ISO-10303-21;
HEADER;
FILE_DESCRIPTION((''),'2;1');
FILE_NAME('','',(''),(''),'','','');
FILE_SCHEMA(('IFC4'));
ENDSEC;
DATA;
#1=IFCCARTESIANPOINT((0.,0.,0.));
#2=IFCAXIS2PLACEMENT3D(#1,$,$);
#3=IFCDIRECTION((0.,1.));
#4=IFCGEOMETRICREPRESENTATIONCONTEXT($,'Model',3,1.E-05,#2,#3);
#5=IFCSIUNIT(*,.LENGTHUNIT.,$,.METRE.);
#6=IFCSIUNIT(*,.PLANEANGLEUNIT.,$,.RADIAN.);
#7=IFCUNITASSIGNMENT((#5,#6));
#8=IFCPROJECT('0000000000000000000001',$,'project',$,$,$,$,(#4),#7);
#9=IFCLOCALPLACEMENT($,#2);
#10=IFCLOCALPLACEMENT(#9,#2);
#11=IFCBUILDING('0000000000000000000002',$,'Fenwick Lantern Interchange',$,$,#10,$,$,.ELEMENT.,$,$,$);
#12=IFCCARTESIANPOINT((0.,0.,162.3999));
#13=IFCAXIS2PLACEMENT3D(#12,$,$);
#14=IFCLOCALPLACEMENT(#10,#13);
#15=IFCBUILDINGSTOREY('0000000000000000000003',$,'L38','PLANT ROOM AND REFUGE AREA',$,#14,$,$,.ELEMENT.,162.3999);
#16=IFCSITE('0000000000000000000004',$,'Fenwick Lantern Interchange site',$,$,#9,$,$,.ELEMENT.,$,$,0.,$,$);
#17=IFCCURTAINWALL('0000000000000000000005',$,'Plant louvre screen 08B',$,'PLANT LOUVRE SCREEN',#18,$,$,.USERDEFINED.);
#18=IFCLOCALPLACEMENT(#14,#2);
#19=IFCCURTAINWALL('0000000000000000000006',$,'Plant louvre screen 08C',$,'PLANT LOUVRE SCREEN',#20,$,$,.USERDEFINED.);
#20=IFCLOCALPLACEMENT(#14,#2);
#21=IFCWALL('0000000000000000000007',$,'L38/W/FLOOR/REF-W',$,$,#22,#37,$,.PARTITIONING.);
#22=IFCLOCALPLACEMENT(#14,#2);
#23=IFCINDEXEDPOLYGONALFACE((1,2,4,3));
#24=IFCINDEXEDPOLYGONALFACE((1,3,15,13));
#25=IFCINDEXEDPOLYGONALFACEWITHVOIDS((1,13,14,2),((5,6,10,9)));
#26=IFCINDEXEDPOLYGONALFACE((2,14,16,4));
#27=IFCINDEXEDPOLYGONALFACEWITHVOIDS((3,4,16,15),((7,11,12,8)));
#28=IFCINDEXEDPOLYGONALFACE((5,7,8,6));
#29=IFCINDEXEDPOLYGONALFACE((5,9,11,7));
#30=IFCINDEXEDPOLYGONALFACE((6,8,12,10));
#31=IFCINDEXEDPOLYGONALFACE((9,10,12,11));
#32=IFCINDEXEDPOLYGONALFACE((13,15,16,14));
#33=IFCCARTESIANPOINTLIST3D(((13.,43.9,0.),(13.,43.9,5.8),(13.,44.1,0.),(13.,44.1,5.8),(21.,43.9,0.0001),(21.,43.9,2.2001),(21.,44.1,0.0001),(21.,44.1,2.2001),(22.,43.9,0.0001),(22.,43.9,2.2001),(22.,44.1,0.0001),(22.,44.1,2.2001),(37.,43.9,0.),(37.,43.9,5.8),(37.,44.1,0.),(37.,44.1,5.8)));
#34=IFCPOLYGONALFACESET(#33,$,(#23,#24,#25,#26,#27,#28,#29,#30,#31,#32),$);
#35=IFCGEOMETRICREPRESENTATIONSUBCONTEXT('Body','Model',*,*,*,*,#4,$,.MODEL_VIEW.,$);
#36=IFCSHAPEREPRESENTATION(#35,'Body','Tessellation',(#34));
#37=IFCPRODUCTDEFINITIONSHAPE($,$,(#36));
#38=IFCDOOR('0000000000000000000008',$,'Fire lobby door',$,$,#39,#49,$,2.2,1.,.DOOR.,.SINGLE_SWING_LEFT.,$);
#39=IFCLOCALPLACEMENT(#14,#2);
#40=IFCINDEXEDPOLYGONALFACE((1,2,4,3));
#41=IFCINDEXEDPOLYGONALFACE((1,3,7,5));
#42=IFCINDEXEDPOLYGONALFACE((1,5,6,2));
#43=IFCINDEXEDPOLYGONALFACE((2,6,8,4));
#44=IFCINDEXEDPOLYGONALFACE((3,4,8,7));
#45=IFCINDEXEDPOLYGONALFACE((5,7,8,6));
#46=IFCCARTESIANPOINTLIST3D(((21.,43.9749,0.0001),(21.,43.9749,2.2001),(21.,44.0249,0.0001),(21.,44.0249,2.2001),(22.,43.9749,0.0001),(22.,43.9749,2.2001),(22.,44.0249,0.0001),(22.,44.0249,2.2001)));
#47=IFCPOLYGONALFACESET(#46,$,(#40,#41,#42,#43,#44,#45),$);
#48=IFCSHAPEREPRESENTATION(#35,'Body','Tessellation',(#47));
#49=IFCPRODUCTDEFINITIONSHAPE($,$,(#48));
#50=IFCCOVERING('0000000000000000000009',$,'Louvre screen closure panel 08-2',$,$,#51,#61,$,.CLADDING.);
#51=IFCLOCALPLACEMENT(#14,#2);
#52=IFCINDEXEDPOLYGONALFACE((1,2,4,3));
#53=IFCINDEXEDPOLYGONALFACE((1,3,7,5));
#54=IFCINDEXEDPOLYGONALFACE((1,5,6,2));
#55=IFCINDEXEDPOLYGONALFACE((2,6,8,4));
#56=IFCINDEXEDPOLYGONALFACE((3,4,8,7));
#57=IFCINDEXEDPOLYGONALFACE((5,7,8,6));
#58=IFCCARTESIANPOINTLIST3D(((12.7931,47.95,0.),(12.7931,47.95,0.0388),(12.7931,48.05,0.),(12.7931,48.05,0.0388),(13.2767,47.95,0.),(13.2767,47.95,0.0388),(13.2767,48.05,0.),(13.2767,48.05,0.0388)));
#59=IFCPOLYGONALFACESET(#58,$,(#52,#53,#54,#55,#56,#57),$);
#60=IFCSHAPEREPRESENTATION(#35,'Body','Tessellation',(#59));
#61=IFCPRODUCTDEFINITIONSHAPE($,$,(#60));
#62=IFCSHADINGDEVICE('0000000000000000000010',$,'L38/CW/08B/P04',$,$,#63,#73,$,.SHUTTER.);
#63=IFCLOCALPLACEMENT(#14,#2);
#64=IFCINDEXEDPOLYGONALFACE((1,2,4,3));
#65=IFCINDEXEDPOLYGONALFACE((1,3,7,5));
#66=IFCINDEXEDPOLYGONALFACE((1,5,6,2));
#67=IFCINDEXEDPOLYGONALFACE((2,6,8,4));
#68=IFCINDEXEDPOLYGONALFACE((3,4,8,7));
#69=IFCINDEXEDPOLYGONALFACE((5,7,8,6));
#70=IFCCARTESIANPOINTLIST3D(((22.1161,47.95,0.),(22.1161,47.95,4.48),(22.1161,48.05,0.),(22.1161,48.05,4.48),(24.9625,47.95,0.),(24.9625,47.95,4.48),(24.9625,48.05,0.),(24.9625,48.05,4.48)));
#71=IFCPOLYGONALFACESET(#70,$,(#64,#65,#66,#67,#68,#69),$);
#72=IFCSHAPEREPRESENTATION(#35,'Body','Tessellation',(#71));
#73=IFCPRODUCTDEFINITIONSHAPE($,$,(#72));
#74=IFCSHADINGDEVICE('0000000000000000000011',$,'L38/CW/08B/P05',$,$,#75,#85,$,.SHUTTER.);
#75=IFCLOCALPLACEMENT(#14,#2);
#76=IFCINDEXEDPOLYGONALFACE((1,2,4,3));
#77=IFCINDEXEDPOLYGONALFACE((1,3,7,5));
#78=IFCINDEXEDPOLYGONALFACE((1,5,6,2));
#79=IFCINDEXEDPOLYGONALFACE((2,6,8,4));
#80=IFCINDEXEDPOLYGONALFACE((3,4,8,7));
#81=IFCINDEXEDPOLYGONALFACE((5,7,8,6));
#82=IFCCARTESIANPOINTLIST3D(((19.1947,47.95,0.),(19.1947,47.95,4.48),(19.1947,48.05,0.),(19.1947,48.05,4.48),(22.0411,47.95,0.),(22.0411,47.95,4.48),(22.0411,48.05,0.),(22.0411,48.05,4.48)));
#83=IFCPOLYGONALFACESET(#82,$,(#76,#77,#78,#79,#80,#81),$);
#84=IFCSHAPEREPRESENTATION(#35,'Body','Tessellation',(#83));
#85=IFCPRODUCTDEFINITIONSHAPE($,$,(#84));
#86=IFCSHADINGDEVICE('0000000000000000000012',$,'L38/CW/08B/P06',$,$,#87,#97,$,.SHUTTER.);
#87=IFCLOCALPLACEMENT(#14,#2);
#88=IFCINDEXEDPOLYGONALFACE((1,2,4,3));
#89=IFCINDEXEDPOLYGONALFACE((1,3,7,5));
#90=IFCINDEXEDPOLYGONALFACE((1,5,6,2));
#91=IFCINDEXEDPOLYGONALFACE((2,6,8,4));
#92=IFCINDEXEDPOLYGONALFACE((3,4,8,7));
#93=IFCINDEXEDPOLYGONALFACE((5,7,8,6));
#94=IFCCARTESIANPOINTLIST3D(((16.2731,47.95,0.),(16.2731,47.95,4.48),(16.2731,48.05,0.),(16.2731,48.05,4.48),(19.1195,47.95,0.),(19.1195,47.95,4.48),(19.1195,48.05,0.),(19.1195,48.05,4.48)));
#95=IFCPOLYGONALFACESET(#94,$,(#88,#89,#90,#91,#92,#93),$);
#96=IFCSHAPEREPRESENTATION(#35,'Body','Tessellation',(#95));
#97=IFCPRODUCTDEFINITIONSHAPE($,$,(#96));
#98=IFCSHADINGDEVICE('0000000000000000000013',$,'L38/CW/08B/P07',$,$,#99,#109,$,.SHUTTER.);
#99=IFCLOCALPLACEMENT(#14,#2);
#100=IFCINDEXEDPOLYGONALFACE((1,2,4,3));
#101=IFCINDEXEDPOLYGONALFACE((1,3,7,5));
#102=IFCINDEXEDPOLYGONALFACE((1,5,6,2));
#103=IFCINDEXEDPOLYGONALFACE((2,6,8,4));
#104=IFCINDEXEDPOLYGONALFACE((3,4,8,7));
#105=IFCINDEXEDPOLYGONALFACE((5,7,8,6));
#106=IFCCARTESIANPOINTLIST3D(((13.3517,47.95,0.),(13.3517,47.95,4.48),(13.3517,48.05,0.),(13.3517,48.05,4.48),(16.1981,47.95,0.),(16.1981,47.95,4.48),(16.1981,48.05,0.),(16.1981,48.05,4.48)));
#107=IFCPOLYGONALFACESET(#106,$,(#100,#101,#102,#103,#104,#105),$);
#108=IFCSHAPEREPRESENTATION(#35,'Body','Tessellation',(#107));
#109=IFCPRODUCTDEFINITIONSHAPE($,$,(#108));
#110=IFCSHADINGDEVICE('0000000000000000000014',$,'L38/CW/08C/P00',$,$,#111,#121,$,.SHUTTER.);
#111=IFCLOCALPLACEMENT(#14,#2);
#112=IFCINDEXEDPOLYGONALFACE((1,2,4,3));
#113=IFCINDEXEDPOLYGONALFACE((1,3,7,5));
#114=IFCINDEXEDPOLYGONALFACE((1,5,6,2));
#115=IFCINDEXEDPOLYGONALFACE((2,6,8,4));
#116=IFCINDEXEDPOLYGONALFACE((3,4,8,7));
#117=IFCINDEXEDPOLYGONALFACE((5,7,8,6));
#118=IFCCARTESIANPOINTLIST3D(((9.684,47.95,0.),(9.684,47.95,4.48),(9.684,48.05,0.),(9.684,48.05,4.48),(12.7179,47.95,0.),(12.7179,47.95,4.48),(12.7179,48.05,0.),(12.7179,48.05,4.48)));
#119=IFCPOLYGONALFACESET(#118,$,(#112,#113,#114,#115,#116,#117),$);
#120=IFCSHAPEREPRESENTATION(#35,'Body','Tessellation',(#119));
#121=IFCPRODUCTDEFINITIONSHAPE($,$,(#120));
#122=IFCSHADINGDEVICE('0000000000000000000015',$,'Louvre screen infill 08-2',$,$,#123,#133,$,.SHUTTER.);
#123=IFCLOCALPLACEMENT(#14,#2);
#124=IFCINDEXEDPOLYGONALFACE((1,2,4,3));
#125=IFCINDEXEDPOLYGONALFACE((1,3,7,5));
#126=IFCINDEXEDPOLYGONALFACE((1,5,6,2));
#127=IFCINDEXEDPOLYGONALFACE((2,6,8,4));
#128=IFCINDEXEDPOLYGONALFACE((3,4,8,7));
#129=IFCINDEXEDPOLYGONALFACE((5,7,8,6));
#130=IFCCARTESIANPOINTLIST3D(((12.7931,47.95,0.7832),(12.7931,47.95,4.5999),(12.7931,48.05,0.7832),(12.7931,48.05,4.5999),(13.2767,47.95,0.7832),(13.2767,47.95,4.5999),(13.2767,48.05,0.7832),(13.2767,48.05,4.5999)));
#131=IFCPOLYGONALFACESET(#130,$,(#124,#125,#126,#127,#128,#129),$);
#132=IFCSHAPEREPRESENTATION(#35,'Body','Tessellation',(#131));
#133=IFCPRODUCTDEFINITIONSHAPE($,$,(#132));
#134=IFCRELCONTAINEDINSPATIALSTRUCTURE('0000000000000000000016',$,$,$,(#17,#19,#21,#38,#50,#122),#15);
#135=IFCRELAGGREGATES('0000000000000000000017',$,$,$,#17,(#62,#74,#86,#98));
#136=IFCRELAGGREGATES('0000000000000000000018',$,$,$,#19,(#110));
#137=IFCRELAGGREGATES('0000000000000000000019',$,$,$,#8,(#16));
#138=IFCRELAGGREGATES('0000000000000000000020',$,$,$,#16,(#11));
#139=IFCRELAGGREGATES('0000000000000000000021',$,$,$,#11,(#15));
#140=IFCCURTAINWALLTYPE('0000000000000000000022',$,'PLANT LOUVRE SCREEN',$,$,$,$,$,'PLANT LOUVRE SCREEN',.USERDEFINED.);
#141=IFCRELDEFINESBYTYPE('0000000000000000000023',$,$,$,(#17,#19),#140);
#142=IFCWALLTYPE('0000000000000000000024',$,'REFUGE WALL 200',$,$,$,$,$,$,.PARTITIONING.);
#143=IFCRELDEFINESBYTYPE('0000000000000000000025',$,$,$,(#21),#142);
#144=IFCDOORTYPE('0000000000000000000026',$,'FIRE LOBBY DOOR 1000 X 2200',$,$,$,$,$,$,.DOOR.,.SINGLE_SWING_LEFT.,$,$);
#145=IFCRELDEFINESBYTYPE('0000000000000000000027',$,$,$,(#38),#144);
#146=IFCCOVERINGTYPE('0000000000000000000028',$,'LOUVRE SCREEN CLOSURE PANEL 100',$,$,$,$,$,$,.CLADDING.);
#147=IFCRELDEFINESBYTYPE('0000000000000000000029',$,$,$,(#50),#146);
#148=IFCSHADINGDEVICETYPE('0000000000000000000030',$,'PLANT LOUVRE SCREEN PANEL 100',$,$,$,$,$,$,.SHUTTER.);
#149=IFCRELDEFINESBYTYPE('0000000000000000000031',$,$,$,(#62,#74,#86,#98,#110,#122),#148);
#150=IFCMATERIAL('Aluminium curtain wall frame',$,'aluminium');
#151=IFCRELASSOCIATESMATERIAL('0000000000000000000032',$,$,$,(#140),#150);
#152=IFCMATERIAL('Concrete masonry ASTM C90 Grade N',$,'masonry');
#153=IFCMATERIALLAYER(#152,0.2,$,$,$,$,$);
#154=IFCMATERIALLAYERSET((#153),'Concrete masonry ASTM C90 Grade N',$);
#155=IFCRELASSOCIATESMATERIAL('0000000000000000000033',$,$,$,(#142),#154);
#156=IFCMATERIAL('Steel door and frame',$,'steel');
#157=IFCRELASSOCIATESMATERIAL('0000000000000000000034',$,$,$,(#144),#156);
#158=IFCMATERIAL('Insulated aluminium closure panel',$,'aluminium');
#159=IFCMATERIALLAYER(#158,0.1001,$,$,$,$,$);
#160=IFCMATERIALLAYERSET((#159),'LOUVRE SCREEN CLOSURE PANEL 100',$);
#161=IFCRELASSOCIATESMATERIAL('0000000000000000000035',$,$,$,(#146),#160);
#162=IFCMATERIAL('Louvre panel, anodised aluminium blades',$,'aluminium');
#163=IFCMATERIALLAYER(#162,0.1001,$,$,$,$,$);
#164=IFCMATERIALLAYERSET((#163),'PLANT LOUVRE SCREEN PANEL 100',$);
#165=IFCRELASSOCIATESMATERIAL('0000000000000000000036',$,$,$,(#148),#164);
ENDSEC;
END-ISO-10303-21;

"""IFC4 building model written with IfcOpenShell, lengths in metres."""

from ifc_helpers import new_model, si_unit, direction, frame, frame_2d, origin, origin_2d, place, context, subcontext, project, spatial, rectangle, extrude, material, layer, layer_set, type_object, element, fill, aggregate, save


model = new_model("IFC4")

# Units and contexts
model_context = context("Model", 3, precision=1e-05, world=origin(), true_north=direction((0.0, 1.0)))
body_context = subcontext(model_context, "Body", "Model", "MODEL_VIEW")
ifc_project = project(units=[si_unit("LENGTHUNIT", "METRE"), si_unit("PLANEANGLEUNIT", "RADIAN")], contexts=[model_context])

# Site, building, storey
site_placement = place(None, origin())
site = spatial("IfcSite", under=ifc_project, at=site_placement, Name="Fenwick Lantern Interchange site", CompositionType="ELEMENT", RefElevation=0.0)
building_placement = place(site_placement, origin())
building = spatial("IfcBuilding", under=site, at=building_placement, Name="Fenwick Lantern Interchange", CompositionType="ELEMENT")
storey_placement = place(building_placement, frame((0.0, 0.0, 162.3999)))
storey = spatial("IfcBuildingStorey", under=building, at=storey_placement, Name="L38", Description="PLANT ROOM AND REFUGE AREA", CompositionType="ELEMENT", Elevation=162.3999)

# Curtain walls
ifc_material_1 = material(Name="Aluminium curtain wall frame", Category="aluminium")
curtain_wall_type = type_object("IfcCurtainWallType", Name="PLANT LOUVRE SCREEN", ElementType="PLANT LOUVRE SCREEN", PredefinedType="USERDEFINED", material=ifc_material_1)
curtain_wall_1_placement = place(storey_placement, origin())
curtain_wall_1 = element("IfcCurtainWall", 1, at=curtain_wall_1_placement, inside=storey, type_object=curtain_wall_type, Name="Plant louvre screen 08B", ObjectType="PLANT LOUVRE SCREEN", PredefinedType="USERDEFINED")
curtain_wall_2_placement = place(storey_placement, origin())
curtain_wall_2 = element("IfcCurtainWall", 2, at=curtain_wall_2_placement, inside=storey, type_object=curtain_wall_type, Name="Plant louvre screen 08C", ObjectType="PLANT LOUVRE SCREEN", PredefinedType="USERDEFINED")

# Wall, opening, door
ifc_material_2 = material(Name="Concrete masonry ASTM C90 Grade N", Category="masonry")
ifc_material_3 = material(Name="Steel door and frame", Category="steel")
ifc_layer_1 = layer(ifc_material_2, 0.2)
ifc_layer_set_1 = layer_set([ifc_layer_1], Name="Concrete masonry ASTM C90 Grade N")
wall_type_1 = type_object("IfcWallType", Name="REFUGE WALL 200", PredefinedType="PARTITIONING", material=ifc_layer_set_1)
wall_1_placement = place(storey_placement, frame((13.0, 44.0, 0.0), z_axis=(0.0, 0.0, 1.0), x_axis=(1.0, 0.0, 0.0)))
wall_1 = element("IfcWall", 3, at=wall_1_placement, inside=storey, type_object=wall_type_1, Name="L38/W/FLOOR/REF-W", PredefinedType="PARTITIONING", context=body_context, shape_type="SweptSolid", body=[
    extrude(rectangle(XDim=24.0, YDim=0.2, at=frame_2d((12.0, 0.0))), origin(), (0.0, 0.0, 1.0), 5.8),
])
opening_1_placement = place(wall_1_placement, frame((8.0, 0.0, 0.0)))
opening_1 = element("IfcOpeningElement", 4, at=opening_1_placement, cuts=wall_1, PredefinedType="OPENING", context=body_context, shape_type="SweptSolid", body=[
    extrude(rectangle(XDim=1.0, YDim=2.2, at=frame_2d((0.5, 1.1001))), frame((0.0, 0.1099, 0.0), z_axis=(0.0, -1.0, 0.0), x_axis=(1.0, 0.0, 0.0)), (0.0, 0.0, 1.0), 0.22),
])
door_type_1 = type_object("IfcDoorType", Name="FIRE LOBBY DOOR 1000 X 2200", OperationType="SINGLE_SWING_LEFT", PredefinedType="DOOR", material=ifc_material_3)
door_1_placement = place(opening_1_placement, origin())
door_1 = element("IfcDoor", 5, at=door_1_placement, inside=storey, type_object=door_type_1, Name="Fire lobby door", OperationType="SINGLE_SWING_LEFT", OverallHeight=2.2, OverallWidth=1.0, PredefinedType="DOOR", context=body_context, shape_type="SweptSolid", body=[
    extrude(rectangle(XDim=1.0, YDim=2.2, at=frame_2d((0.5, 1.1001))), frame((0.0, 0.0249, 0.0), z_axis=(0.0, -1.0, 0.0), x_axis=(1.0, 0.0, 0.0)), (0.0, 0.0, 1.0), 0.05),
])
fill(opening_1, door_1)

# Covering
ifc_material_4 = material(Name="Insulated aluminium closure panel", Category="aluminium")
ifc_layer_2 = layer(ifc_material_4, 0.1001)
ifc_layer_set_2 = layer_set([ifc_layer_2], Name="LOUVRE SCREEN CLOSURE PANEL 100")
covering_type = type_object("IfcCoveringType", Name="LOUVRE SCREEN CLOSURE PANEL 100", PredefinedType="CLADDING", material=ifc_layer_set_2)
covering_placement = place(storey_placement, frame((13.0349, 48.0, 0.0), z_axis=(0.0, 0.0, 1.0), x_axis=(-1.0, 0.0, 0.0)))
element("IfcCovering", 6, at=covering_placement, inside=storey, type_object=covering_type, Name="Louvre screen closure panel 08-2", PredefinedType="CLADDING", context=body_context, shape_type="SweptSolid", body=[
    extrude(rectangle(XDim=0.4836, YDim=0.1001, at=origin_2d()), origin(), (0.0, 0.0, 1.0), 0.0388),
])

# Shading devices
ifc_material_5 = material(Name="Louvre panel, anodised aluminium blades", Category="aluminium")
ifc_layer_3 = layer(ifc_material_5, 0.1001)
ifc_layer_set_3 = layer_set([ifc_layer_3], Name="PLANT LOUVRE SCREEN PANEL 100")
shading_device_type = type_object("IfcShadingDeviceType", Name="PLANT LOUVRE SCREEN PANEL 100", PredefinedType="SHUTTER", material=ifc_layer_set_3)
shading_device_1_placement = place(storey_placement, frame((23.5393, 48.0, 0.0), z_axis=(0.0, 0.0, 1.0), x_axis=(-1.0, 0.0, 0.0)))
shading_device_1 = element("IfcShadingDevice", 7, at=shading_device_1_placement, type_object=shading_device_type, Name="L38/CW/08B/P04", PredefinedType="SHUTTER", context=body_context, shape_type="SweptSolid", body=[
    extrude(rectangle(XDim=2.8464, YDim=0.1001, at=origin_2d()), origin(), (0.0, 0.0, 1.0), 4.48),
])
shading_device_2_placement = place(storey_placement, frame((20.6179, 48.0, 0.0), z_axis=(0.0, 0.0, 1.0), x_axis=(-1.0, 0.0, 0.0)))
shading_device_2 = element("IfcShadingDevice", 8, at=shading_device_2_placement, type_object=shading_device_type, Name="L38/CW/08B/P05", PredefinedType="SHUTTER", context=body_context, shape_type="SweptSolid", body=[
    extrude(rectangle(XDim=2.8464, YDim=0.1001, at=origin_2d()), origin(), (0.0, 0.0, 1.0), 4.48),
])
shading_device_3_placement = place(storey_placement, frame((17.6963, 48.0, 0.0), z_axis=(0.0, 0.0, 1.0), x_axis=(-1.0, 0.0, 0.0)))
shading_device_3 = element("IfcShadingDevice", 9, at=shading_device_3_placement, type_object=shading_device_type, Name="L38/CW/08B/P06", PredefinedType="SHUTTER", context=body_context, shape_type="SweptSolid", body=[
    extrude(rectangle(XDim=2.8464, YDim=0.1001, at=origin_2d()), origin(), (0.0, 0.0, 1.0), 4.48),
])
shading_device_4_placement = place(storey_placement, frame((14.7749, 48.0, 0.0), z_axis=(0.0, 0.0, 1.0), x_axis=(-1.0, 0.0, 0.0)))
shading_device_4 = element("IfcShadingDevice", 10, at=shading_device_4_placement, type_object=shading_device_type, Name="L38/CW/08B/P07", PredefinedType="SHUTTER", context=body_context, shape_type="SweptSolid", body=[
    extrude(rectangle(XDim=2.8464, YDim=0.1001, at=origin_2d()), origin(), (0.0, 0.0, 1.0), 4.48),
])
aggregate(curtain_wall_1, [shading_device_1, shading_device_2, shading_device_3, shading_device_4])
shading_device_5_placement = place(storey_placement, frame((11.2009, 48.0, 0.0), z_axis=(0.0, 0.0, 1.0), x_axis=(-1.0, 0.0, 0.0)))
shading_device_5 = element("IfcShadingDevice", 11, at=shading_device_5_placement, type_object=shading_device_type, Name="L38/CW/08C/P00", PredefinedType="SHUTTER", context=body_context, shape_type="SweptSolid", body=[
    extrude(rectangle(XDim=3.0339, YDim=0.1001, at=origin_2d()), origin(), (0.0, 0.0, 1.0), 4.48),
])
aggregate(curtain_wall_2, [shading_device_5])
shading_device_6_placement = place(storey_placement, frame((13.0349, 48.0, 0.7832), z_axis=(0.0, 0.0, 1.0), x_axis=(-1.0, 0.0, 0.0)))
element("IfcShadingDevice", 12, at=shading_device_6_placement, inside=storey, type_object=shading_device_type, Name="Louvre screen infill 08-2", PredefinedType="SHUTTER", context=body_context, shape_type="SweptSolid", body=[
    extrude(rectangle(XDim=0.4836, YDim=0.1001, at=origin_2d()), origin(), (0.0, 0.0, 1.0), 3.8167),
])

save(model, "model.ifc")
